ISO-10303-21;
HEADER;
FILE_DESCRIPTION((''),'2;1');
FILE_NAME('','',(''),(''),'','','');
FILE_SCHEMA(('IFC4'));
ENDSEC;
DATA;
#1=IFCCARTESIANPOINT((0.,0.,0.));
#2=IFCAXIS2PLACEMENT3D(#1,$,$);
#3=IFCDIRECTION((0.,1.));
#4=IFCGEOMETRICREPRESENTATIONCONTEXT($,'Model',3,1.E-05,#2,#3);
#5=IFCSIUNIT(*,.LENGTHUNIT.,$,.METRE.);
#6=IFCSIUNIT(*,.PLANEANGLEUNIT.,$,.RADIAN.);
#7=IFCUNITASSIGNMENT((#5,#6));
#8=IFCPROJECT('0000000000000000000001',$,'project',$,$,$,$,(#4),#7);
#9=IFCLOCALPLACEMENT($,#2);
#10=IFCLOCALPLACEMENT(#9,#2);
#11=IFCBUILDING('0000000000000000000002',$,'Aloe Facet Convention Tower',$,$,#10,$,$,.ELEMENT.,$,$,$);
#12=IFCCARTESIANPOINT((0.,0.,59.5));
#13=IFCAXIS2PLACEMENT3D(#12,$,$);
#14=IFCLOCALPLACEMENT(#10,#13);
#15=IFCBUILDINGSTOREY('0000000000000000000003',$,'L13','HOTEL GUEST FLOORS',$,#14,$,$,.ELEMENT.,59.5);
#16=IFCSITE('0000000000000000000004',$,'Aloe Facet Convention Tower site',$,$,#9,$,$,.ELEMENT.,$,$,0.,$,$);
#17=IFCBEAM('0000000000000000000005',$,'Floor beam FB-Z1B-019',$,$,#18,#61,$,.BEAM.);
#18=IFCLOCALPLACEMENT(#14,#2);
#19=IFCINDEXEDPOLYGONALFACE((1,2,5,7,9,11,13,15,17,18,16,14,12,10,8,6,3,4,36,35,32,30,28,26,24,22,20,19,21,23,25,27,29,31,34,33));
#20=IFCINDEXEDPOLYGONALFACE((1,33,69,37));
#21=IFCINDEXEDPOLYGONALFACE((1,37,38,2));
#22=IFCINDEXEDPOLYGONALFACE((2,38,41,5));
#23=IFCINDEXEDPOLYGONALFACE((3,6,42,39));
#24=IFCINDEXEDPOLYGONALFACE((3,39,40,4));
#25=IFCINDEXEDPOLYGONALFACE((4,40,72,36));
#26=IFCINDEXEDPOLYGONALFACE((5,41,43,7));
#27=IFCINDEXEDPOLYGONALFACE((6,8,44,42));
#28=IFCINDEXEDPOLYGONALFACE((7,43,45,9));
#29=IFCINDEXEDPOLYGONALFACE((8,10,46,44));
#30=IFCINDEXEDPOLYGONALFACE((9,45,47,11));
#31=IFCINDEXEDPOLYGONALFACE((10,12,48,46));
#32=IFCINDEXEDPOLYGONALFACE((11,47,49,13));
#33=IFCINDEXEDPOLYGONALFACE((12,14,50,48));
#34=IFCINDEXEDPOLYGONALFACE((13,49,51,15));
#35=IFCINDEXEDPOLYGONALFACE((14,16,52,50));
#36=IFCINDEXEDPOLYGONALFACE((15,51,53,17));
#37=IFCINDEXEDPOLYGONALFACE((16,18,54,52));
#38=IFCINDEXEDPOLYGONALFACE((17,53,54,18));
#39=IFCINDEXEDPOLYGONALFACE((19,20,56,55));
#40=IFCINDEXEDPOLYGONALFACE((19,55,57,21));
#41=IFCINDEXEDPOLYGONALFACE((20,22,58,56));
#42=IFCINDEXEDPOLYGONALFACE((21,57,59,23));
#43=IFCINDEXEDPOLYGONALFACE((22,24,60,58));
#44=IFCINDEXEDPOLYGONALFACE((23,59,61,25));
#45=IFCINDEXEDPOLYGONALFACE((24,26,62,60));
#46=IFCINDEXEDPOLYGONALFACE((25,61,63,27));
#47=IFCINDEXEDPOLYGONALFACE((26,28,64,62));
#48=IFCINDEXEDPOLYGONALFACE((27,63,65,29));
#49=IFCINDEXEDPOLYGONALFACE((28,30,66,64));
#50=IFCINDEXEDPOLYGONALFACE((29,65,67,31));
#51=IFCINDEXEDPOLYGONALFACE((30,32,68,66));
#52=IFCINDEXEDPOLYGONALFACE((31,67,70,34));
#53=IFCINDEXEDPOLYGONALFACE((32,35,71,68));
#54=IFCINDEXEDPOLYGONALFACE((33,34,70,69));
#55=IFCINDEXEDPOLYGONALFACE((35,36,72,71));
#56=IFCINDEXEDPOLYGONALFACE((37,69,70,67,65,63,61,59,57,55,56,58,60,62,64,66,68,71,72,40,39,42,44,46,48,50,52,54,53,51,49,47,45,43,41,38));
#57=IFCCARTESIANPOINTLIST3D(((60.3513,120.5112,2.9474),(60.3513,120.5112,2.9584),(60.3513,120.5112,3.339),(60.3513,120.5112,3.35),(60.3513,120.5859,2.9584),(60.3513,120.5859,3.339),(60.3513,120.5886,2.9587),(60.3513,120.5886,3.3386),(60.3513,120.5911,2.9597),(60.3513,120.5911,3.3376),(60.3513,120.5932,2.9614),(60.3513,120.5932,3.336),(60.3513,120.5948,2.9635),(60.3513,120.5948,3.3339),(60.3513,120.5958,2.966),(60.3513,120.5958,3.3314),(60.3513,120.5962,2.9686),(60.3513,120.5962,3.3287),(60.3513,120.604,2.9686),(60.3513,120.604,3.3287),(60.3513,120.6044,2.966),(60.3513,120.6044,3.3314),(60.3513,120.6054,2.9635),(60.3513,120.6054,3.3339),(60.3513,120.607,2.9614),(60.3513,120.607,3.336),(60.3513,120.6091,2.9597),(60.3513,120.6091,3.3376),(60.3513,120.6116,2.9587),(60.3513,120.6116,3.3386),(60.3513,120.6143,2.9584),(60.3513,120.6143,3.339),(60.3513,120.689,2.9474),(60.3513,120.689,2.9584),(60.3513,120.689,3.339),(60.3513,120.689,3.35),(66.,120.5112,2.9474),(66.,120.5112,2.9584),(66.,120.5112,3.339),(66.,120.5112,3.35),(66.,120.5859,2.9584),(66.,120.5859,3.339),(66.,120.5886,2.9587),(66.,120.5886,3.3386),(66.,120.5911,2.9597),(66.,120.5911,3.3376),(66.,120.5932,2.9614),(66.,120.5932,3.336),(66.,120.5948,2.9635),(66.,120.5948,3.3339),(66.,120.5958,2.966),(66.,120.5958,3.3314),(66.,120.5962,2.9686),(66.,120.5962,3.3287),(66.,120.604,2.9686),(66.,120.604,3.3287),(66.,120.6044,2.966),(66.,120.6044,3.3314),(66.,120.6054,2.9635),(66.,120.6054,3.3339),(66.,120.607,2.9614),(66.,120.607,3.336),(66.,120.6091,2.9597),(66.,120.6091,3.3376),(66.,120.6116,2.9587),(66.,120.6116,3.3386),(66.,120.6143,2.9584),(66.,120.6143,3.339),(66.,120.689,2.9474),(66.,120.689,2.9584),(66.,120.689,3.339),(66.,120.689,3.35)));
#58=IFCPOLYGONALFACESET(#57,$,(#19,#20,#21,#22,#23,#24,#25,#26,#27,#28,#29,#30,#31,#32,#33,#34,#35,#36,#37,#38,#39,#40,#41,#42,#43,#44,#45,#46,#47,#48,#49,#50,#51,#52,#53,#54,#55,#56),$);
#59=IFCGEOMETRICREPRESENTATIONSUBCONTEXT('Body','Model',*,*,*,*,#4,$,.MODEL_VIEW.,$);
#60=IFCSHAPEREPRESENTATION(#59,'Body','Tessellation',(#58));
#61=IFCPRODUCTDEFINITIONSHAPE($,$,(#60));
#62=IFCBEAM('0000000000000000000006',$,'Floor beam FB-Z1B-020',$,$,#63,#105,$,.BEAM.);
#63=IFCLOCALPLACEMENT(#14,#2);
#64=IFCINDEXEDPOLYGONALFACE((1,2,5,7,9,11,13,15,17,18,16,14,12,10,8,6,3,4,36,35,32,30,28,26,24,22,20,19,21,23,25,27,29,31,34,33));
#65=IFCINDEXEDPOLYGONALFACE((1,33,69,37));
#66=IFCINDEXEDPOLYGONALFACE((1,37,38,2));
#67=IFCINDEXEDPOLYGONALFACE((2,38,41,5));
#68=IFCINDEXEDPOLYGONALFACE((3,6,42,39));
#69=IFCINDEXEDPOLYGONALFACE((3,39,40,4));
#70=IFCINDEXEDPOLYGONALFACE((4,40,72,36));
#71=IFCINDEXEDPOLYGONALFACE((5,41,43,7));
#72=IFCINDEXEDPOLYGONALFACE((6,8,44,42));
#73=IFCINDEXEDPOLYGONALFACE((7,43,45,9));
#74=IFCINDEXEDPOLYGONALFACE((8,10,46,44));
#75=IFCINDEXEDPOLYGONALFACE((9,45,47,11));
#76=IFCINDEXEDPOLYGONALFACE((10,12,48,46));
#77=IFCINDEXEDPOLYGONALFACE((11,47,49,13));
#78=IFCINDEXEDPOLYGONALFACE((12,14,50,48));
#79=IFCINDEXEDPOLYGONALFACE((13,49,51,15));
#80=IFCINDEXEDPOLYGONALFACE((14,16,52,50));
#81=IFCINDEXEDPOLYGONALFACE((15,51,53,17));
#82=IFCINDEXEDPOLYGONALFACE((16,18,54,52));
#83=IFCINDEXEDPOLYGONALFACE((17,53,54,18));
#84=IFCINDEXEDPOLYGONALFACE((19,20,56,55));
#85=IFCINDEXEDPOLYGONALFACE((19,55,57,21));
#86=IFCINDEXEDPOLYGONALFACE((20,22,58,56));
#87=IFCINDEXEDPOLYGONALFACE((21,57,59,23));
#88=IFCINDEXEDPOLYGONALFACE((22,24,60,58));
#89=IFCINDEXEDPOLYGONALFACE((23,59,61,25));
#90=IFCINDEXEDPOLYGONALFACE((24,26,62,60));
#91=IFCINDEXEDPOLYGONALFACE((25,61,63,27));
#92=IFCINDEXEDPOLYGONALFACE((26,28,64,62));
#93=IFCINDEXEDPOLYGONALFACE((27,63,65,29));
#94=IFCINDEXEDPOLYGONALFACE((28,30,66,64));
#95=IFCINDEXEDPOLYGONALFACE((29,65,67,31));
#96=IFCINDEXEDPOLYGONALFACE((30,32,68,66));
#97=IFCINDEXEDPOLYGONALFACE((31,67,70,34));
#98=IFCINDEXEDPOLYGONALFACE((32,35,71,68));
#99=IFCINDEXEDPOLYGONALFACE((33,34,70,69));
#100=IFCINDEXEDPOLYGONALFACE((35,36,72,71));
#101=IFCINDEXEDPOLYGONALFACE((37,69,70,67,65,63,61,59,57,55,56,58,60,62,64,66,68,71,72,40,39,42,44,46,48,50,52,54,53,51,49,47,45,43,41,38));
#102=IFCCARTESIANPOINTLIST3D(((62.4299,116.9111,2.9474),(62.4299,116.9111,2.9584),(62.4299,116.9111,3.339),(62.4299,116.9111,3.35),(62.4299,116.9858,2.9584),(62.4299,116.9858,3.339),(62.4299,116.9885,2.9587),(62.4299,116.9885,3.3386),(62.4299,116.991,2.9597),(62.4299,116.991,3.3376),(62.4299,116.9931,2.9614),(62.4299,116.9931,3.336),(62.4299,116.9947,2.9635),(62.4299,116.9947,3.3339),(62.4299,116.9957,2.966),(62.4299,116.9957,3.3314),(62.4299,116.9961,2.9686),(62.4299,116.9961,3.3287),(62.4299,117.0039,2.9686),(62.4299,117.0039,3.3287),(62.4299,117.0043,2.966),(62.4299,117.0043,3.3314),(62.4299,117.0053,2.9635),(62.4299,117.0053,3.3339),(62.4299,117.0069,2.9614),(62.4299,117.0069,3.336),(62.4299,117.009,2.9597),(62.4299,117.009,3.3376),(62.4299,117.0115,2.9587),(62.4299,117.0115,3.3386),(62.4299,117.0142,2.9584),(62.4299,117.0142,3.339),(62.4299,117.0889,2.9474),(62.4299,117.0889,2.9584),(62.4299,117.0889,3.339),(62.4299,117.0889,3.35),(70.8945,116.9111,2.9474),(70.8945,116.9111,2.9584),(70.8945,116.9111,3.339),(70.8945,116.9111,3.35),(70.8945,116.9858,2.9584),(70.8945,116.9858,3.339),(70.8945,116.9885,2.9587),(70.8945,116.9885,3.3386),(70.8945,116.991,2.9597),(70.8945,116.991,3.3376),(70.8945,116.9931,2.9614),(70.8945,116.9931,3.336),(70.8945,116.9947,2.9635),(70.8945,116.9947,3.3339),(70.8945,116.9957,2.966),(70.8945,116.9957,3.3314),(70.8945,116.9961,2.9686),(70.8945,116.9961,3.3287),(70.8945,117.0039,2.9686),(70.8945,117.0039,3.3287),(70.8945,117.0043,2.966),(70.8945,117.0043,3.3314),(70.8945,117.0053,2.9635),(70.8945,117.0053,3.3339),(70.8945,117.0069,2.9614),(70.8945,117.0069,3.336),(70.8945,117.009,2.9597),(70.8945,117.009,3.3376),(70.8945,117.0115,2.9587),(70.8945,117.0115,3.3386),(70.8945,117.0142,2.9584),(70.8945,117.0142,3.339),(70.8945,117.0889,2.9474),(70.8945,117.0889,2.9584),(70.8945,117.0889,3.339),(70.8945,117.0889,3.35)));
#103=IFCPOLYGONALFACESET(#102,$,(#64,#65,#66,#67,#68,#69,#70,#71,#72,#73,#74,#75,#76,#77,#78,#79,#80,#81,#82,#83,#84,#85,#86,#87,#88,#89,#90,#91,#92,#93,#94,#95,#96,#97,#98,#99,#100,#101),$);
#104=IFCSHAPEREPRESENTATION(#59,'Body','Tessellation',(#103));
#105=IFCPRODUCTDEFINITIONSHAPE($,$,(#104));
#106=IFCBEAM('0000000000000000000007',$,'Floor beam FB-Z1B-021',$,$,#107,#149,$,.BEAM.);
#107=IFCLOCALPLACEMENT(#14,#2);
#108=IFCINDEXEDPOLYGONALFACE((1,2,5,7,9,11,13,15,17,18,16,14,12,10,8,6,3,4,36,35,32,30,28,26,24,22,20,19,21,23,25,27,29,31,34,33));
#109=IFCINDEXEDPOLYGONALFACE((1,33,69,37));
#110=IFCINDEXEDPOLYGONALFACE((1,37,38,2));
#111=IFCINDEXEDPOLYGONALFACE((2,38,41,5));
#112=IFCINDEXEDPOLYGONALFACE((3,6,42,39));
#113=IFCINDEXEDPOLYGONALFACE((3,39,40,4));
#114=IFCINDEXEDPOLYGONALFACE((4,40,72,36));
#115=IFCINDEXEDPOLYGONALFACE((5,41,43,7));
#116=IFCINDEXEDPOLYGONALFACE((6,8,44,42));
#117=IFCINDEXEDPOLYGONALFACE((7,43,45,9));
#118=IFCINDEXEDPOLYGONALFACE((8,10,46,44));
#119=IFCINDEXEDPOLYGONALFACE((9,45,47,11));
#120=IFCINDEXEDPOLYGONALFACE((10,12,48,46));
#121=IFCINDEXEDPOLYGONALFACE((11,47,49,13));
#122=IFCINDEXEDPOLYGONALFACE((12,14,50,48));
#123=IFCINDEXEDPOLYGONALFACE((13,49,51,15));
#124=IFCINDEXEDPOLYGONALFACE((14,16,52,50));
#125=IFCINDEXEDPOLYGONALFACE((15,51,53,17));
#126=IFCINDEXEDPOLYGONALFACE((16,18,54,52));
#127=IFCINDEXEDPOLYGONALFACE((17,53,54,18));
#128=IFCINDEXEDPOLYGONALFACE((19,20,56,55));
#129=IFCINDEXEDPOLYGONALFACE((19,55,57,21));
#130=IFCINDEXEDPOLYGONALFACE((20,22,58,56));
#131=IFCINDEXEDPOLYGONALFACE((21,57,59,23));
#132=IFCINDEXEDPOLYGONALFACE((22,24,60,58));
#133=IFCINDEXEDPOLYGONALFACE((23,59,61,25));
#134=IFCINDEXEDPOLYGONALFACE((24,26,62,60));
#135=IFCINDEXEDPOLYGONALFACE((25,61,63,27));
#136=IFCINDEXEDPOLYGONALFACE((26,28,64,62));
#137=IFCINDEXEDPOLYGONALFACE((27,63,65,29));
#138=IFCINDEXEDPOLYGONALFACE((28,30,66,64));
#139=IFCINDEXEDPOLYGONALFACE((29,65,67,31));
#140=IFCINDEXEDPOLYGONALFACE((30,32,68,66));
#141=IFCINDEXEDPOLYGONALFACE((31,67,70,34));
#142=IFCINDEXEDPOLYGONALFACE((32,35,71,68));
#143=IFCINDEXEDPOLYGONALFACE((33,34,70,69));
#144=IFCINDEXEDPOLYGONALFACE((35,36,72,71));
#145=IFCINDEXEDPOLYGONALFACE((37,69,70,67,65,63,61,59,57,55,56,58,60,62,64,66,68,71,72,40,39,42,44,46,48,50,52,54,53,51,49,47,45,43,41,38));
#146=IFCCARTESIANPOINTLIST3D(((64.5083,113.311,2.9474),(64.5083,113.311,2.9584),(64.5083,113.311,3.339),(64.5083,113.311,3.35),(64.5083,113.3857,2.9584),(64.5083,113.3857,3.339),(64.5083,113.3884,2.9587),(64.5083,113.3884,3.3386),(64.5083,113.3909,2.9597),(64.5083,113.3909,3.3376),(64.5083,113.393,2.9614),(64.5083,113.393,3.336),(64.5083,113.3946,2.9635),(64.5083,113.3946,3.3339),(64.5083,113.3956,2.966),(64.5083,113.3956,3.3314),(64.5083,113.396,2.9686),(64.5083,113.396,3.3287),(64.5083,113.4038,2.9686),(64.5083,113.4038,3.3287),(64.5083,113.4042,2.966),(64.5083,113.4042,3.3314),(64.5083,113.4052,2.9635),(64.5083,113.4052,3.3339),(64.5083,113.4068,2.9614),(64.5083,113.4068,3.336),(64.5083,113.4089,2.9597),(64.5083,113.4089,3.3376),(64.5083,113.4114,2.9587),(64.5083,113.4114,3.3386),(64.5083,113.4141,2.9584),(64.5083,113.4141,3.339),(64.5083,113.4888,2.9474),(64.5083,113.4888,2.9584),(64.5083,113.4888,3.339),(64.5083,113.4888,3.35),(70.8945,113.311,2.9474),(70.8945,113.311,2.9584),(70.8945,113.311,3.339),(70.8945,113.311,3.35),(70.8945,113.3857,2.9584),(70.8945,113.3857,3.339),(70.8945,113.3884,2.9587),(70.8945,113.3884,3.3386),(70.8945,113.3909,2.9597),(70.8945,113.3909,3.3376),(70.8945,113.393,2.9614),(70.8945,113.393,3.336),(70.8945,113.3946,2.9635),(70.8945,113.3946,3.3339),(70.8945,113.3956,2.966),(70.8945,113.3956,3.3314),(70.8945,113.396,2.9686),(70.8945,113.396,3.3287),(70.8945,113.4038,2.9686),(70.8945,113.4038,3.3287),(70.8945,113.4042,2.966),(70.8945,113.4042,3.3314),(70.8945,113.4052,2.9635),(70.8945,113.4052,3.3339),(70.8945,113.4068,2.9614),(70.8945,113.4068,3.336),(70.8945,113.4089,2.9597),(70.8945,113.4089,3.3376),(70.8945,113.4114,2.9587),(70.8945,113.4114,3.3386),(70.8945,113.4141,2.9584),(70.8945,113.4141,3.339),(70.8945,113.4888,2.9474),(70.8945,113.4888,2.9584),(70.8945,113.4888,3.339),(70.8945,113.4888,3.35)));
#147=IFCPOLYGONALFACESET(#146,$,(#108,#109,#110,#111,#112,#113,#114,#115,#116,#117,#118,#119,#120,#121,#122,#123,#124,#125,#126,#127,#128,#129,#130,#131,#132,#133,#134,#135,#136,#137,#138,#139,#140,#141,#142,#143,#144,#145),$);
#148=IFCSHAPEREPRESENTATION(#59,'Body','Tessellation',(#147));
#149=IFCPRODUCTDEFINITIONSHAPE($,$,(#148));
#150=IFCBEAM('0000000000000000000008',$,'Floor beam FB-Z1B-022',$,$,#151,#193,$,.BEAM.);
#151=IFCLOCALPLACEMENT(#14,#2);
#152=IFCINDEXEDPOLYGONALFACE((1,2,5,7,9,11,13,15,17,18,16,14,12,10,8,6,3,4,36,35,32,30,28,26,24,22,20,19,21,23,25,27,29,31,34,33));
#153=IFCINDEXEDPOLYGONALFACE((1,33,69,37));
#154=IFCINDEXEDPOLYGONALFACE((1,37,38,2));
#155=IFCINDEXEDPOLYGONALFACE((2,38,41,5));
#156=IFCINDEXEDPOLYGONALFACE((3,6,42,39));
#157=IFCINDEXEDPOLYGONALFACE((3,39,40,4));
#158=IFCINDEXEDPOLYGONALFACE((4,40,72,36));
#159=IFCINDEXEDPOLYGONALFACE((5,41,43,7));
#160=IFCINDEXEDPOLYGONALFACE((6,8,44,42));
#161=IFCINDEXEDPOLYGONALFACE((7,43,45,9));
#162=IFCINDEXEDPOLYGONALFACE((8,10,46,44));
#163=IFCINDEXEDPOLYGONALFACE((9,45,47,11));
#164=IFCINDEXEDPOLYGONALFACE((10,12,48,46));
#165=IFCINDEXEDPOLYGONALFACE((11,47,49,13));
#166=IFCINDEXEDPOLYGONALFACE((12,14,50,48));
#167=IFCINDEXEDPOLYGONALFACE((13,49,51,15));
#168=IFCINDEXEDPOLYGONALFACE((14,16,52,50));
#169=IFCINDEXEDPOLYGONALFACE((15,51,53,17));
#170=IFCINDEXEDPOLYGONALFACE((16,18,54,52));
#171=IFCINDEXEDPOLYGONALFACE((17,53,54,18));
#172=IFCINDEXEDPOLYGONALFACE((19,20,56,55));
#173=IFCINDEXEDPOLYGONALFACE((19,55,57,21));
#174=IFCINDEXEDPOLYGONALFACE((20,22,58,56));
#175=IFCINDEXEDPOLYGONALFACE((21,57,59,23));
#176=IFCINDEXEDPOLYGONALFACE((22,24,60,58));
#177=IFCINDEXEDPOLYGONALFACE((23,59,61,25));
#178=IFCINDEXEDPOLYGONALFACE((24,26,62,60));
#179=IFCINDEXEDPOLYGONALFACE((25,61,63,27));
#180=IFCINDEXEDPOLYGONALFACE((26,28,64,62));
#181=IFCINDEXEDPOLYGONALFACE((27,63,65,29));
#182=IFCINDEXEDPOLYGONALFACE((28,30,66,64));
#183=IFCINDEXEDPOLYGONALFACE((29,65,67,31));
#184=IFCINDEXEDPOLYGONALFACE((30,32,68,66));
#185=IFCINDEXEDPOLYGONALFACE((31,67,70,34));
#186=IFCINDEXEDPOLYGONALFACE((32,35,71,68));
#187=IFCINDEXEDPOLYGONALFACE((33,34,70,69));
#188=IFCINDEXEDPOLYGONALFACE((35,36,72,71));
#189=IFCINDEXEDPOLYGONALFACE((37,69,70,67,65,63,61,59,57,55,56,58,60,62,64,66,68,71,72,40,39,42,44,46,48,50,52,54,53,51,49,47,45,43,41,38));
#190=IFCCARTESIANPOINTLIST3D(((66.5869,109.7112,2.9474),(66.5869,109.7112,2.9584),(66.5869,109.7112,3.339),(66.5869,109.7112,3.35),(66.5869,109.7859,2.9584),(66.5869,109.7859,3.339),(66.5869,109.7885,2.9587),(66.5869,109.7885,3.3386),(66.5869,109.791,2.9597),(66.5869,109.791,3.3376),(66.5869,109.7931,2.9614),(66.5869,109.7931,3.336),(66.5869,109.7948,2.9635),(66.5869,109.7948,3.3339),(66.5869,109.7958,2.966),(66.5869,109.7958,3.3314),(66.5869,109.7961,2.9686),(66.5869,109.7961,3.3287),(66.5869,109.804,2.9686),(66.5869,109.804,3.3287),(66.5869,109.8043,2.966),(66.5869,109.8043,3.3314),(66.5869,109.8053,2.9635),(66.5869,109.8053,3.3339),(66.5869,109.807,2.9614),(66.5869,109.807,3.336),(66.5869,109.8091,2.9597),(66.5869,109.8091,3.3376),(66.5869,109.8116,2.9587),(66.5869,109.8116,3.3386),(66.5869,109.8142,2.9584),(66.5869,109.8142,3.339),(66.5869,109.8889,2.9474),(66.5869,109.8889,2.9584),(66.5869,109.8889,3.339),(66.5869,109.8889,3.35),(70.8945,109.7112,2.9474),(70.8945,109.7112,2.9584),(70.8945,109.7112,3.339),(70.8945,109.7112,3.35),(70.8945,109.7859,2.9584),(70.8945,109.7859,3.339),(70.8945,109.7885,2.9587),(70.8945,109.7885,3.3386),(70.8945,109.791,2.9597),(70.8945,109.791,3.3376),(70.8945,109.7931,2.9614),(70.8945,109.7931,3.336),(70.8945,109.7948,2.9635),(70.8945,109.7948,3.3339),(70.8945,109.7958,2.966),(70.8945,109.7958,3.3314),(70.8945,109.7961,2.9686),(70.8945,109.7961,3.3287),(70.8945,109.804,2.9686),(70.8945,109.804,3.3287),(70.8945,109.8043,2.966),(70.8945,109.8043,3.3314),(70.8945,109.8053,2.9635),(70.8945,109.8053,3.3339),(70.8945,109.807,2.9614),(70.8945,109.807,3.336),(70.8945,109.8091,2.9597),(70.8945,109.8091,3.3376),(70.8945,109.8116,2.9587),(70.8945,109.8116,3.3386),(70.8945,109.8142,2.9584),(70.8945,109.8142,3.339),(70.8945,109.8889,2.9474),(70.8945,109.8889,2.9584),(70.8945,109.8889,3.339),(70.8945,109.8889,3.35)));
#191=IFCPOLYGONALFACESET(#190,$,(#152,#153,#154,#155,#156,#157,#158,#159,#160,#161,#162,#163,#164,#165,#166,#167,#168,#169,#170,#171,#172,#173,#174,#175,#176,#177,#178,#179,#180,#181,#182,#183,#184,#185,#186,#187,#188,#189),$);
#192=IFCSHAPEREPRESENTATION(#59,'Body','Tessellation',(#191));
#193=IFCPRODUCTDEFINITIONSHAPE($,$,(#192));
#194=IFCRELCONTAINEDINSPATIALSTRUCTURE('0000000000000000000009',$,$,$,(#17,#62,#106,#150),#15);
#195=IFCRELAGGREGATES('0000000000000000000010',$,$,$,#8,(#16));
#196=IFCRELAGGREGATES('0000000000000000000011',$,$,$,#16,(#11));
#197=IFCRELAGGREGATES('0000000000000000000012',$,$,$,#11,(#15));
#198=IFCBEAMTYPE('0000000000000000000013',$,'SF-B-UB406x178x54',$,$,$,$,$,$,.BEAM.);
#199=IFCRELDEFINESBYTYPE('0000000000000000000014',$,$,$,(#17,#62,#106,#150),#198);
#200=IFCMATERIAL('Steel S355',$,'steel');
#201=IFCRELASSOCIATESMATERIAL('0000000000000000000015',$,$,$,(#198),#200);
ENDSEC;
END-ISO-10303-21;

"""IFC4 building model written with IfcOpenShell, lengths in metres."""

from ifc_helpers import new_model, si_unit, direction, frame, origin, origin_2d, place, context, subcontext, project, spatial, i_section, extrude, material, material_profile, profile_set, type_object, element, save


model = new_model("IFC4")

# Units and contexts
model_context = context("Model", 3, precision=1e-05, world=origin(), true_north=direction((0.0, 1.0)))
body_context = subcontext(model_context, "Body", "Model", "MODEL_VIEW")
ifc_project = project(units=[si_unit("LENGTHUNIT", "METRE"), si_unit("PLANEANGLEUNIT", "RADIAN")], contexts=[model_context])

# Site, building, storey
site_placement = place(None, origin())
site = spatial("IfcSite", under=ifc_project, at=site_placement, Name="Aloe Facet Convention Tower site", CompositionType="ELEMENT", RefElevation=0.0)
building_placement = place(site_placement, origin())
building = spatial("IfcBuilding", under=site, at=building_placement, Name="Aloe Facet Convention Tower", CompositionType="ELEMENT")
storey_placement = place(building_placement, frame((0.0, 0.0, 59.5)))
storey = spatial("IfcBuildingStorey", under=building, at=storey_placement, Name="L13", Description="HOTEL GUEST FLOORS", CompositionType="ELEMENT", Elevation=59.5)

# Beams
ifc_material_1 = material(Name="Steel S355", Category="steel")
ifc_material_profile = material_profile(ifc_material_1, i_section(OverallWidth=0.1777, OverallDepth=0.4026, WebThickness=0.0078, FlangeThickness=0.011, FilletRadius=0.0103, at=origin_2d()), Name="UB 406x178x54")
ifc_profile_set = profile_set([ifc_material_profile], Name="Steel S355")
beam_type = type_object("IfcBeamType", Name="SF-B-UB406x178x54", PredefinedType="BEAM", material=ifc_profile_set)
beam_1_placement = place(storey_placement, frame((60.3513, 120.6001, 3.1487), z_axis=(1.0, 0.0, 0.0), x_axis=(0.0, 1.0, 0.0)))
element("IfcBeam", 1, at=beam_1_placement, inside=storey, type_object=beam_type, Name="Floor beam FB-Z1B-019", PredefinedType="BEAM", context=body_context, shape_type="SweptSolid", body=[
    extrude(i_section(OverallWidth=0.1777, OverallDepth=0.4026, WebThickness=0.0078, FlangeThickness=0.011, FilletRadius=0.0103, at=origin_2d()), origin(), (0.0, 0.0, 1.0), 5.6487),
])
beam_2_placement = place(storey_placement, frame((62.4299, 117.0, 3.1487), z_axis=(1.0, 0.0, 0.0), x_axis=(0.0, 1.0, 0.0)))
element("IfcBeam", 2, at=beam_2_placement, inside=storey, type_object=beam_type, Name="Floor beam FB-Z1B-020", PredefinedType="BEAM", context=body_context, shape_type="SweptSolid", body=[
    extrude(i_section(OverallWidth=0.1777, OverallDepth=0.4026, WebThickness=0.0078, FlangeThickness=0.011, FilletRadius=0.0103, at=origin_2d()), origin(), (0.0, 0.0, 1.0), 8.4646),
])
beam_3_placement = place(storey_placement, frame((64.5083, 113.3999, 3.1487), z_axis=(1.0, 0.0, 0.0), x_axis=(0.0, 1.0, 0.0)))
element("IfcBeam", 3, at=beam_3_placement, inside=storey, type_object=beam_type, Name="Floor beam FB-Z1B-021", PredefinedType="BEAM", context=body_context, shape_type="SweptSolid", body=[
    extrude(i_section(OverallWidth=0.1777, OverallDepth=0.4026, WebThickness=0.0078, FlangeThickness=0.011, FilletRadius=0.0103, at=origin_2d()), origin(), (0.0, 0.0, 1.0), 6.3862),
])
beam_4_placement = place(storey_placement, frame((66.5869, 109.8, 3.1487), z_axis=(1.0, 0.0, 0.0), x_axis=(0.0, 1.0, 0.0)))
element("IfcBeam", 4, at=beam_4_placement, inside=storey, type_object=beam_type, Name="Floor beam FB-Z1B-022", PredefinedType="BEAM", context=body_context, shape_type="SweptSolid", body=[
    extrude(i_section(OverallWidth=0.1777, OverallDepth=0.4026, WebThickness=0.0078, FlangeThickness=0.011, FilletRadius=0.0103, at=origin_2d()), origin(), (0.0, 0.0, 1.0), 4.3076),
])

save(model, "model.ifc")
